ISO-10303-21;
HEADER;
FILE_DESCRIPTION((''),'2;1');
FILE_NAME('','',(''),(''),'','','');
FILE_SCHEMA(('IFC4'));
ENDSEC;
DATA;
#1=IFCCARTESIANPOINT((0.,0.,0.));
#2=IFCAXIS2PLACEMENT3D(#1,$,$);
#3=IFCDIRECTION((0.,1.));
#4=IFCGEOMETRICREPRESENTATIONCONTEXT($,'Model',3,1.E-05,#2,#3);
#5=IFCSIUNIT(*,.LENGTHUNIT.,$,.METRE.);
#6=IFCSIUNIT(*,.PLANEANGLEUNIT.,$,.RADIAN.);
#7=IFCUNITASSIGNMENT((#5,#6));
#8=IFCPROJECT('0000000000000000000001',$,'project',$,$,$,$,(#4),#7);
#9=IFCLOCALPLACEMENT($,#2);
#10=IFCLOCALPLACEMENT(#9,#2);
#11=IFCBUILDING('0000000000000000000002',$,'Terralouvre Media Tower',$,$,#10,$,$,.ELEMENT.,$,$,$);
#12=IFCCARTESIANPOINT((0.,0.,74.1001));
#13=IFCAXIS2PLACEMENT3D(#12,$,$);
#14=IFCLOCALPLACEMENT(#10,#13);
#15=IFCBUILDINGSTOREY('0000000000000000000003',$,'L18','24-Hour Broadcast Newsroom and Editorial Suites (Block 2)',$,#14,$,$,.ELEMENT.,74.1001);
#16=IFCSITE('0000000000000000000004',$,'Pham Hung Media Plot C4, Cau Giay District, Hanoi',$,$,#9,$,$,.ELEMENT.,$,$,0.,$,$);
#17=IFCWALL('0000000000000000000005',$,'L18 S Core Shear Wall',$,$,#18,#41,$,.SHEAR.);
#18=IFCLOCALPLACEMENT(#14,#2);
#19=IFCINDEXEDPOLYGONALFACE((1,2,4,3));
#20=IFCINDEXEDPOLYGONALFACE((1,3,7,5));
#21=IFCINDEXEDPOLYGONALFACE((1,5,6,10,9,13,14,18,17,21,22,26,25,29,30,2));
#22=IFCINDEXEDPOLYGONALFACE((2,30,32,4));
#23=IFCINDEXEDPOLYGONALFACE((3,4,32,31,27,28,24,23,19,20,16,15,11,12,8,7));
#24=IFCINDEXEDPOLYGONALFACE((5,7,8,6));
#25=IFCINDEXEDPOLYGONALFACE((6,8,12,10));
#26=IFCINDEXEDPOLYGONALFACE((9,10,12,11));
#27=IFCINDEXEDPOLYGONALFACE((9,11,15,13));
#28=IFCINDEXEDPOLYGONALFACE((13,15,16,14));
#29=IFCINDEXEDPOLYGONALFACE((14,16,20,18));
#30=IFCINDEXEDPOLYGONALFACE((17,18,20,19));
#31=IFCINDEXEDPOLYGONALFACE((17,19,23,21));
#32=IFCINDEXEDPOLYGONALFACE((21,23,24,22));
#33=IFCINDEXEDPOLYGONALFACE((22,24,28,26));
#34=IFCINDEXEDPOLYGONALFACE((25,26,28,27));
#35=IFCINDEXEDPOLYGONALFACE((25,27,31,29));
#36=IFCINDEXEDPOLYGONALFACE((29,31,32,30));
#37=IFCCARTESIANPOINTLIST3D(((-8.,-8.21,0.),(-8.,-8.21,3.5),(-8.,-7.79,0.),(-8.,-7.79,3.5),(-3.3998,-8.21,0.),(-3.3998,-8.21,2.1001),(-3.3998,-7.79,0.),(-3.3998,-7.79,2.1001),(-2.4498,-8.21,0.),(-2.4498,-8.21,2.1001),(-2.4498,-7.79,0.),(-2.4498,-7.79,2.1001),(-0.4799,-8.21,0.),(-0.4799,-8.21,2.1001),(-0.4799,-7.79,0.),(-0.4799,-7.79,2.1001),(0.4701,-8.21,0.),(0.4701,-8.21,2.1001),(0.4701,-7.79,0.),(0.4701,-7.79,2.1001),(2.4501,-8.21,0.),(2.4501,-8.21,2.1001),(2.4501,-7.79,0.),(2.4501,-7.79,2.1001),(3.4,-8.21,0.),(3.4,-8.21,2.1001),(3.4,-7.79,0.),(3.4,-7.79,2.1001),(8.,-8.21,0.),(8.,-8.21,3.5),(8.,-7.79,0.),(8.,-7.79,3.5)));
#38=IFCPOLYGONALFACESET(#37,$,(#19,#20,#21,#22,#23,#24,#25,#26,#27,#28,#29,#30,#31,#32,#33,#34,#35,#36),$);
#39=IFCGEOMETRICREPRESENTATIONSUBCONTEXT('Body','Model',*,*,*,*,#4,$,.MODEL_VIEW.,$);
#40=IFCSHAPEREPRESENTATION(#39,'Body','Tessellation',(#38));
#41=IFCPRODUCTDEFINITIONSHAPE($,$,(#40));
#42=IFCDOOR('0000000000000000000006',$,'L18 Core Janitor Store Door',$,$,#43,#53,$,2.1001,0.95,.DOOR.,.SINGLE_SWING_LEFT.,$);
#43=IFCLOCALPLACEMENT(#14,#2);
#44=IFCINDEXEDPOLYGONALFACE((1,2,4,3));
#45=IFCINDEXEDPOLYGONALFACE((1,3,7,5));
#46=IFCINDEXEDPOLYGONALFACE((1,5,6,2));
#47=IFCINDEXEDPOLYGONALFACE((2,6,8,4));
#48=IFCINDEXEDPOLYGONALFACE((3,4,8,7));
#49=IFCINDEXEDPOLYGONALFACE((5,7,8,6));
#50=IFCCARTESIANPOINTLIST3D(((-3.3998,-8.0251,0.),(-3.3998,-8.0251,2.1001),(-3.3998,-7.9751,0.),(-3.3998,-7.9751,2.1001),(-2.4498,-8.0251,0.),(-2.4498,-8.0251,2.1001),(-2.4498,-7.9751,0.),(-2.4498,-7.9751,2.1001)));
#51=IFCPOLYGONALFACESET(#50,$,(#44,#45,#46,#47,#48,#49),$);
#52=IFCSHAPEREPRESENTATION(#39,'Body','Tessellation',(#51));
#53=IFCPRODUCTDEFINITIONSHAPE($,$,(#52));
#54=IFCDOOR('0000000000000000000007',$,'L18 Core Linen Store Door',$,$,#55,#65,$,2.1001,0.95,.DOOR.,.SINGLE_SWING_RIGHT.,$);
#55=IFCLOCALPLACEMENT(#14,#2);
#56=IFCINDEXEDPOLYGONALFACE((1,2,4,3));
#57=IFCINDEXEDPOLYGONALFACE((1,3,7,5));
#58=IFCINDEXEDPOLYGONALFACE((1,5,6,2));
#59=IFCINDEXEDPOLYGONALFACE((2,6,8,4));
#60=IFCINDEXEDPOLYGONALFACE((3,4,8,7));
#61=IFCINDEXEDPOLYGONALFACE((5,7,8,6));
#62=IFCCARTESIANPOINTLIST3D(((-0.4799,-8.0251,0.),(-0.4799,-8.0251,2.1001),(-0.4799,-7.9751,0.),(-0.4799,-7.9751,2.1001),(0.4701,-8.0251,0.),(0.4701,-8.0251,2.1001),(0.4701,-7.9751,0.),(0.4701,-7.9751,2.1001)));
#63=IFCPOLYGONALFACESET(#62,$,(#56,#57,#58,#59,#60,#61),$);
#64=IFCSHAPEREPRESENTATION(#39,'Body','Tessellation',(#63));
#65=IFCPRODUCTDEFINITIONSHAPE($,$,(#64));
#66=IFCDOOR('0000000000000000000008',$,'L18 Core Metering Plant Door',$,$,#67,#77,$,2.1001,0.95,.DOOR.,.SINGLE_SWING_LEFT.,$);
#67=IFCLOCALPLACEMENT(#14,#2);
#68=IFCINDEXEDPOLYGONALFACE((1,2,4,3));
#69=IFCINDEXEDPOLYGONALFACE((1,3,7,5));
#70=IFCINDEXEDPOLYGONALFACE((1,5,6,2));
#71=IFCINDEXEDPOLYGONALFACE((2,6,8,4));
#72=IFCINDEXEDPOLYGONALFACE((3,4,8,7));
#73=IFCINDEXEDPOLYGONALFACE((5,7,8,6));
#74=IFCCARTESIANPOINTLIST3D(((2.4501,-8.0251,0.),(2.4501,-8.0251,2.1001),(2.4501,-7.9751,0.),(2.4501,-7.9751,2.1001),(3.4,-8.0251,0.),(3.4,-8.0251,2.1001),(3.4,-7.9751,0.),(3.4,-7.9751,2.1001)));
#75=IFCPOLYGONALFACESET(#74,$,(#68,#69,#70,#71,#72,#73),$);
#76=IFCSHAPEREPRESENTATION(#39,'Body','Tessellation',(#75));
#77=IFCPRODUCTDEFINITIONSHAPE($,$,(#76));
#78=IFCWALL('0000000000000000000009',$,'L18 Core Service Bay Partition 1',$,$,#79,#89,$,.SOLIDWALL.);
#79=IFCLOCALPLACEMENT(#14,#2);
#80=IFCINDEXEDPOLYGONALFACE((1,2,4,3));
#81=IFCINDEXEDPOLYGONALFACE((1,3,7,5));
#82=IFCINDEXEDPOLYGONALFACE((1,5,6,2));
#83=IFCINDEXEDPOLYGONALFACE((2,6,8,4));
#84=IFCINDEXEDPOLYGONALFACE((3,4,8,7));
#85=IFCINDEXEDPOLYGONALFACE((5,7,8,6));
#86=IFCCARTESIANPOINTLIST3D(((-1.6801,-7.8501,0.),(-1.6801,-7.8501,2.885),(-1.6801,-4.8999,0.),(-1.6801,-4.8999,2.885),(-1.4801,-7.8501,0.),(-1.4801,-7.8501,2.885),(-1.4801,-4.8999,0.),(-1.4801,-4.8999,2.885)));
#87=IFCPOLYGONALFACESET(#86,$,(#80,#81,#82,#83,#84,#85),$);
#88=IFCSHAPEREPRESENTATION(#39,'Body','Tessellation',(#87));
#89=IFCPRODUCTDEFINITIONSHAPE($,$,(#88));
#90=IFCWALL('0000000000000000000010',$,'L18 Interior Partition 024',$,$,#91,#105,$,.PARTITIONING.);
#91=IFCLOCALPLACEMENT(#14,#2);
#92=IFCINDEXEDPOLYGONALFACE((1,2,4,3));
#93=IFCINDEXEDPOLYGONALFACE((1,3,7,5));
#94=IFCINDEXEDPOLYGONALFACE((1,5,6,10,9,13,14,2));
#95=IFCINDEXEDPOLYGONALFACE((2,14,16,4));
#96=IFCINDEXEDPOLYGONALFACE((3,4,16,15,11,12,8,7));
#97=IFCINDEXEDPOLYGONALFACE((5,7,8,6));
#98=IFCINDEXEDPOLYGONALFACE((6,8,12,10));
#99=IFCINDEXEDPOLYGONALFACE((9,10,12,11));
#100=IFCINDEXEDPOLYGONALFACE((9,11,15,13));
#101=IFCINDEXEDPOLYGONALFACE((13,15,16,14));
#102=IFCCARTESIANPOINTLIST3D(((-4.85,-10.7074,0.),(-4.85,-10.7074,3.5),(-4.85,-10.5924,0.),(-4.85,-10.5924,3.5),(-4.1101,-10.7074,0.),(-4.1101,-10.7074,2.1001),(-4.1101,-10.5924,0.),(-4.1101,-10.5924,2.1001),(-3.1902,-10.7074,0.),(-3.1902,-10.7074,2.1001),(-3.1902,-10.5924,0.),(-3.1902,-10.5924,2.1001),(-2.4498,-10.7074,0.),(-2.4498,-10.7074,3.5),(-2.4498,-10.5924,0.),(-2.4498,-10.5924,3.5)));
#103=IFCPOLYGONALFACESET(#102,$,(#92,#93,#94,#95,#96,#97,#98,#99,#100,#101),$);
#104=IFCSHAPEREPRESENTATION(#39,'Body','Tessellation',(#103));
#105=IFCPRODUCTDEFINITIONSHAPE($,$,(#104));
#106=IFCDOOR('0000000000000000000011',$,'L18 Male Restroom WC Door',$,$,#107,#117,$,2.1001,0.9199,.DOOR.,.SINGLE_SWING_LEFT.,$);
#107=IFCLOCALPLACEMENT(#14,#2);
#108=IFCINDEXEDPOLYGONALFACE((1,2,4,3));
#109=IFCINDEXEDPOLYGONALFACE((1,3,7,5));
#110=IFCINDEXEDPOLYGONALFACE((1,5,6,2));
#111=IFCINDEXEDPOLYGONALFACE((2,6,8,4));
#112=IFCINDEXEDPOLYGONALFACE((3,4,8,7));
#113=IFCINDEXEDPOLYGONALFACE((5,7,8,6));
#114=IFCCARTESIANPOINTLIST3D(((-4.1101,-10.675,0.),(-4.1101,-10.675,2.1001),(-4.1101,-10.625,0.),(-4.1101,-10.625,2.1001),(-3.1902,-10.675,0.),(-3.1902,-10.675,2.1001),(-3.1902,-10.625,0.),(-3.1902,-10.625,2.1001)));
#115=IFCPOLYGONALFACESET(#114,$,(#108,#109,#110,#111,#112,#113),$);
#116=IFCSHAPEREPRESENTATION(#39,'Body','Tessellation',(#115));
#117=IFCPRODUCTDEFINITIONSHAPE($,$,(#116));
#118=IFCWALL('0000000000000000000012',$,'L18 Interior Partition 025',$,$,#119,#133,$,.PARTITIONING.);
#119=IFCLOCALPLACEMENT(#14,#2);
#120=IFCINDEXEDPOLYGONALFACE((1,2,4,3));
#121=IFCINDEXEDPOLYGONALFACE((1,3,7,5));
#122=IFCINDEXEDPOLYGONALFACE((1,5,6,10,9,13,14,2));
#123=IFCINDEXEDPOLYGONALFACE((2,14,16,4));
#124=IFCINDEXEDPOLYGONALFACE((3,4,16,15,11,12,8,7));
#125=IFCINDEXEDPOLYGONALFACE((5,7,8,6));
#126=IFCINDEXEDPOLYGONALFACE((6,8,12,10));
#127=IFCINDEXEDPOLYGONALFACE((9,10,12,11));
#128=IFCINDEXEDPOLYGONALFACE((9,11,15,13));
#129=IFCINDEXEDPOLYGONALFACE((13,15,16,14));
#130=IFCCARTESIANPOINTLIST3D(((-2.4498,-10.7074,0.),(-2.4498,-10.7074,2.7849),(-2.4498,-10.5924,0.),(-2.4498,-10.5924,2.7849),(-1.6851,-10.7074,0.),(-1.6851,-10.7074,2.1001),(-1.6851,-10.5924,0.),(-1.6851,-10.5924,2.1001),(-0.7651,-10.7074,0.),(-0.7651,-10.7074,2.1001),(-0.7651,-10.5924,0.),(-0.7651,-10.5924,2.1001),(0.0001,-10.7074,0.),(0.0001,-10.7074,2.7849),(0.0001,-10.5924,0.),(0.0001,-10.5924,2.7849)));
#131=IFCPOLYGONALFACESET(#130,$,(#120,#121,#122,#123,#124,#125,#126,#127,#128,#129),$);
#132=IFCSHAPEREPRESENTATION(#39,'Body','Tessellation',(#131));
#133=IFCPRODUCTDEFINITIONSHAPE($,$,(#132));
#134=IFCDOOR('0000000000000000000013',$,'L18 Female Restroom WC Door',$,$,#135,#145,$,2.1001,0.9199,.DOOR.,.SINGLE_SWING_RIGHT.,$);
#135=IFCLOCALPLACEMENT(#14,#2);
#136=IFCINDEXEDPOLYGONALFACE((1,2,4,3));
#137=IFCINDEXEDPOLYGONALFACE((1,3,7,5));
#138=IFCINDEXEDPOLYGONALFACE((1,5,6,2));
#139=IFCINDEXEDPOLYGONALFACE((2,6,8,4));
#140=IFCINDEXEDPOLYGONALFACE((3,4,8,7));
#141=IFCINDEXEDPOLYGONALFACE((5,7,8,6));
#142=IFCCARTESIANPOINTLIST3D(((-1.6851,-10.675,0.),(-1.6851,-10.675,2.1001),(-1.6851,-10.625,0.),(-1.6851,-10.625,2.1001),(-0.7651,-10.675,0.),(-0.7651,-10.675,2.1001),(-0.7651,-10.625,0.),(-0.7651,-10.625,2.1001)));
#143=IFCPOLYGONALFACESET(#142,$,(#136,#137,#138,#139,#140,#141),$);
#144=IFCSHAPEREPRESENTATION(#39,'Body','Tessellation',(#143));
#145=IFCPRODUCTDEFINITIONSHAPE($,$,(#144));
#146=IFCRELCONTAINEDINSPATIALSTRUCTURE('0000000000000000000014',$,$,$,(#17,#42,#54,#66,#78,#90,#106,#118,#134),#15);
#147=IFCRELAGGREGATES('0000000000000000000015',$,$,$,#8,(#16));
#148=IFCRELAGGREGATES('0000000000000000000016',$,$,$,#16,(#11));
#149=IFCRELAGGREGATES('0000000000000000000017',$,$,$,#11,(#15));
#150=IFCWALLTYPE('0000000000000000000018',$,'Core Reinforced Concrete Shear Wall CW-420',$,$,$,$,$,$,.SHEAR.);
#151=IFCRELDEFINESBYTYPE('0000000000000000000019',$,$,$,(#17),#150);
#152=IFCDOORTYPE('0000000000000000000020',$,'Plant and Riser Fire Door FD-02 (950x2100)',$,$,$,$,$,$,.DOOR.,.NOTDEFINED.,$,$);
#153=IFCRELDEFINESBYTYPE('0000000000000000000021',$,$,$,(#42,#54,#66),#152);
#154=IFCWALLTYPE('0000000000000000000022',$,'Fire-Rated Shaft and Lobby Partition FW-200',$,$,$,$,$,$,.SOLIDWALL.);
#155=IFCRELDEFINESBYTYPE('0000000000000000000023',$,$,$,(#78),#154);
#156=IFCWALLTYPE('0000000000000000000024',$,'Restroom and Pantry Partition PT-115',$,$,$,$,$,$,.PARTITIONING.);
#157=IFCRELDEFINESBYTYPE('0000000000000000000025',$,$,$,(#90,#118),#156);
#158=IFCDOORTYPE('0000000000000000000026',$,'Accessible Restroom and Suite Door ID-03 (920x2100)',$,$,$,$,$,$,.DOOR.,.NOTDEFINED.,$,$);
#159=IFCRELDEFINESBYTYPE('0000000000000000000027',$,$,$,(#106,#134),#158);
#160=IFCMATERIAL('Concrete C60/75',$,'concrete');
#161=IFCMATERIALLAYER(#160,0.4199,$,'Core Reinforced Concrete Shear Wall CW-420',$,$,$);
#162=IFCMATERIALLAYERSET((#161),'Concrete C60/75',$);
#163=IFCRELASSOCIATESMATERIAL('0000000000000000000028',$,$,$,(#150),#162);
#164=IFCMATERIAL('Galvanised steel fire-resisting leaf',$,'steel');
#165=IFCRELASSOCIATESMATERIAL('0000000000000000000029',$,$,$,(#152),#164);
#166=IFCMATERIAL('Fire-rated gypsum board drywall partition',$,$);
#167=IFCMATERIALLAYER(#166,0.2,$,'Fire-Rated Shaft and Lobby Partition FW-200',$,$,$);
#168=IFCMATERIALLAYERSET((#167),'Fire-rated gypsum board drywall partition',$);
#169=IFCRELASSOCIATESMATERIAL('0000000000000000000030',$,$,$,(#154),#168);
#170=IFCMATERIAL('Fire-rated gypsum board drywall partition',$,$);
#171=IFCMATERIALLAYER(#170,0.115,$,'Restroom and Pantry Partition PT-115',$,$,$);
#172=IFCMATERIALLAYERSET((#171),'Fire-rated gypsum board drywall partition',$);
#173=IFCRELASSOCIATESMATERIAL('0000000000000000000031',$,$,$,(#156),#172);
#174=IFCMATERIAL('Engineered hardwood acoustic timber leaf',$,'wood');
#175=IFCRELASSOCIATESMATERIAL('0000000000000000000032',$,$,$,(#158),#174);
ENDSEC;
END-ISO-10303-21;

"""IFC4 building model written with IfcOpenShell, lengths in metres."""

from ifc_helpers import new_model, si_unit, direction, frame, frame_2d, origin, place, context, subcontext, project, spatial, rectangle, extrude, material, layer, layer_set, type_object, element, fill, save


model = new_model("IFC4")

# Units and contexts
model_context = context("Model", 3, precision=1e-05, world=origin(), true_north=direction((0.0, 1.0)))
body_context = subcontext(model_context, "Body", "Model", "MODEL_VIEW")
ifc_project = project(units=[si_unit("LENGTHUNIT", "METRE"), si_unit("PLANEANGLEUNIT", "RADIAN")], contexts=[model_context])

# Site, building, storey
site_placement = place(None, origin())
site = spatial("IfcSite", under=ifc_project, at=site_placement, Name="Pham Hung Media Plot C4, Cau Giay District, Hanoi", CompositionType="ELEMENT", RefElevation=0.0)
building_placement = place(site_placement, origin())
building = spatial("IfcBuilding", under=site, at=building_placement, Name="Terralouvre Media Tower", CompositionType="ELEMENT")
storey_placement = place(building_placement, frame((0.0, 0.0, 74.1001)))
storey = spatial("IfcBuildingStorey", under=building, at=storey_placement, Name="L18", Description="24-Hour Broadcast Newsroom and Editorial Suites (Block 2)", CompositionType="ELEMENT", Elevation=74.1001)

# Wall, openings, doors
ifc_material_1 = material(Name="Concrete C60/75", Category="concrete")
ifc_layer_1 = layer(ifc_material_1, 0.4199, Name="Core Reinforced Concrete Shear Wall CW-420")
ifc_layer_set_1 = layer_set([ifc_layer_1], Name="Concrete C60/75")
wall_type_1 = type_object("IfcWallType", Name="Core Reinforced Concrete Shear Wall CW-420", PredefinedType="SHEAR", material=ifc_layer_set_1)
wall_1_placement = place(storey_placement, frame((-8.0, -8.0, 0.0), z_axis=(0.0, 0.0, 1.0), x_axis=(1.0, 0.0, 0.0)))
wall_1 = element("IfcWall", 1, at=wall_1_placement, inside=storey, type_object=wall_type_1, Name="L18 S Core Shear Wall", PredefinedType="SHEAR", context=body_context, shape_type="SweptSolid", body=[
    extrude(rectangle(XDim=16.0, YDim=0.4199, at=frame_2d((8.0, 0.0))), origin(), (0.0, 0.0, 1.0), 3.5),
])
opening_1_placement = place(wall_1_placement, frame((4.6001, 0.0, 0.0)))
opening_1 = element("IfcOpeningElement", 2, at=opening_1_placement, cuts=wall_1, PredefinedType="OPENING", context=body_context, shape_type="SweptSolid", body=[
    extrude(rectangle(XDim=0.95, YDim=2.1001, at=frame_2d((0.4751, 1.05))), frame((0.0, 0.22, 0.0), z_axis=(0.0, -1.0, 0.0), x_axis=(1.0, 0.0, 0.0)), (0.0, 0.0, 1.0), 0.4399),
])
opening_2_placement = place(wall_1_placement, frame((7.52, 0.0, 0.0)))
opening_2 = element("IfcOpeningElement", 3, at=opening_2_placement, cuts=wall_1, PredefinedType="OPENING", context=body_context, shape_type="SweptSolid", body=[
    extrude(rectangle(XDim=0.95, YDim=2.1001, at=frame_2d((0.4751, 1.05))), frame((0.0, 0.22, 0.0), z_axis=(0.0, -1.0, 0.0), x_axis=(1.0, 0.0, 0.0)), (0.0, 0.0, 1.0), 0.4399),
])
opening_3_placement = place(wall_1_placement, frame((10.45, 0.0, 0.0)))
opening_3 = element("IfcOpeningElement", 4, at=opening_3_placement, cuts=wall_1, PredefinedType="OPENING", context=body_context, shape_type="SweptSolid", body=[
    extrude(rectangle(XDim=0.95, YDim=2.1001, at=frame_2d((0.4751, 1.05))), frame((0.0, 0.22, 0.0), z_axis=(0.0, -1.0, 0.0), x_axis=(1.0, 0.0, 0.0)), (0.0, 0.0, 1.0), 0.4399),
])
ifc_material_2 = material(Name="Galvanised steel fire-resisting leaf", Category="steel")
door_type_1 = type_object("IfcDoorType", Name="Plant and Riser Fire Door FD-02 (950x2100)", OperationType="NOTDEFINED", PredefinedType="DOOR", material=ifc_material_2)
door_1_placement = place(opening_1_placement, origin())
door_1 = element("IfcDoor", 5, at=door_1_placement, inside=storey, type_object=door_type_1, Name="L18 Core Janitor Store Door", OperationType="SINGLE_SWING_LEFT", OverallHeight=2.1001, OverallWidth=0.95, PredefinedType="DOOR", context=body_context, shape_type="SweptSolid", body=[
    extrude(rectangle(XDim=0.95, YDim=2.1001, at=frame_2d((0.4751, 1.05))), frame((0.0, 0.0249, 0.0), z_axis=(0.0, -1.0, 0.0), x_axis=(1.0, 0.0, 0.0)), (0.0, 0.0, 1.0), 0.05),
])
fill(opening_1, door_1)
door_2_placement = place(opening_2_placement, origin())
door_2 = element("IfcDoor", 6, at=door_2_placement, inside=storey, type_object=door_type_1, Name="L18 Core Linen Store Door", OperationType="SINGLE_SWING_RIGHT", OverallHeight=2.1001, OverallWidth=0.95, PredefinedType="DOOR", context=body_context, shape_type="SweptSolid", body=[
    extrude(rectangle(XDim=0.95, YDim=2.1001, at=frame_2d((0.4751, 1.05))), frame((0.0, 0.0249, 0.0), z_axis=(0.0, -1.0, 0.0), x_axis=(1.0, 0.0, 0.0)), (0.0, 0.0, 1.0), 0.05),
])
fill(opening_2, door_2)
door_3_placement = place(opening_3_placement, origin())
door_3 = element("IfcDoor", 7, at=door_3_placement, inside=storey, type_object=door_type_1, Name="L18 Core Metering Plant Door", OperationType="SINGLE_SWING_LEFT", OverallHeight=2.1001, OverallWidth=0.95, PredefinedType="DOOR", context=body_context, shape_type="SweptSolid", body=[
    extrude(rectangle(XDim=0.95, YDim=2.1001, at=frame_2d((0.4751, 1.05))), frame((0.0, 0.0249, 0.0), z_axis=(0.0, -1.0, 0.0), x_axis=(1.0, 0.0, 0.0)), (0.0, 0.0, 1.0), 0.05),
])
fill(opening_3, door_3)

# Wall
ifc_material_3 = material(Name="Fire-rated gypsum board drywall partition")
ifc_layer_2 = layer(ifc_material_3, 0.2, Name="Fire-Rated Shaft and Lobby Partition FW-200")
ifc_layer_set_2 = layer_set([ifc_layer_2], Name="Fire-rated gypsum board drywall partition")
wall_type_2 = type_object("IfcWallType", Name="Fire-Rated Shaft and Lobby Partition FW-200", PredefinedType="SOLIDWALL", material=ifc_layer_set_2)
wall_2_placement = place(storey_placement, frame((-1.5801, -7.8501, 0.0), z_axis=(0.0, 0.0, 1.0), x_axis=(0.0, 1.0, 0.0)))
element("IfcWall", 8, at=wall_2_placement, inside=storey, type_object=wall_type_2, Name="L18 Core Service Bay Partition 1", PredefinedType="SOLIDWALL", context=body_context, shape_type="SweptSolid", body=[
    extrude(rectangle(XDim=2.9502, YDim=0.2, at=frame_2d((1.4751, 0.0))), origin(), (0.0, 0.0, 1.0), 2.885),
])

# Walls, openings, doors
ifc_material_4 = material(Name="Fire-rated gypsum board drywall partition")
ifc_layer_3 = layer(ifc_material_4, 0.115, Name="Restroom and Pantry Partition PT-115")
ifc_layer_set_3 = layer_set([ifc_layer_3], Name="Fire-rated gypsum board drywall partition")
wall_type_3 = type_object("IfcWallType", Name="Restroom and Pantry Partition PT-115", PredefinedType="PARTITIONING", material=ifc_layer_set_3)
wall_3_placement = place(storey_placement, frame((-4.8501, -10.6499, 0.0), z_axis=(0.0, 0.0, 1.0), x_axis=(1.0, 0.0, 0.0)))
wall_3 = element("IfcWall", 9, at=wall_3_placement, inside=storey, type_object=wall_type_3, Name="L18 Interior Partition 024", PredefinedType="PARTITIONING", context=body_context, shape_type="SweptSolid", body=[
    extrude(rectangle(XDim=2.4001, YDim=0.115, at=frame_2d((1.2002, 0.0))), origin(), (0.0, 0.0, 1.0), 3.5),
])
opening_4_placement = place(wall_3_placement, frame((0.74, 0.0, 0.0)))
opening_4 = element("IfcOpeningElement", 10, at=opening_4_placement, cuts=wall_3, PredefinedType="OPENING", context=body_context, shape_type="SweptSolid", body=[
    extrude(rectangle(XDim=0.9199, YDim=2.1001, at=frame_2d((0.46, 1.05))), frame((0.0, 0.0674, 0.0), z_axis=(0.0, -1.0, 0.0), x_axis=(1.0, 0.0, 0.0)), (0.0, 0.0, 1.0), 0.135),
])
ifc_material_5 = material(Name="Engineered hardwood acoustic timber leaf", Category="wood")
door_type_2 = type_object("IfcDoorType", Name="Accessible Restroom and Suite Door ID-03 (920x2100)", OperationType="NOTDEFINED", PredefinedType="DOOR", material=ifc_material_5)
door_4_placement = place(opening_4_placement, origin())
door_4 = element("IfcDoor", 11, at=door_4_placement, inside=storey, type_object=door_type_2, Name="L18 Male Restroom WC Door", OperationType="SINGLE_SWING_LEFT", OverallHeight=2.1001, OverallWidth=0.9199, PredefinedType="DOOR", context=body_context, shape_type="SweptSolid", body=[
    extrude(rectangle(XDim=0.9199, YDim=2.1001, at=frame_2d((0.46, 1.05))), frame((0.0, 0.0249, 0.0), z_axis=(0.0, -1.0, 0.0), x_axis=(1.0, 0.0, 0.0)), (0.0, 0.0, 1.0), 0.05),
])
fill(opening_4, door_4)
wall_4_placement = place(storey_placement, frame((-2.45, -10.6499, 0.0), z_axis=(0.0, 0.0, 1.0), x_axis=(1.0, 0.0, 0.0)))
wall_4 = element("IfcWall", 12, at=wall_4_placement, inside=storey, type_object=wall_type_3, Name="L18 Interior Partition 025", PredefinedType="PARTITIONING", context=body_context, shape_type="SweptSolid", body=[
    extrude(rectangle(XDim=2.45, YDim=0.115, at=frame_2d((1.2251, 0.0))), origin(), (0.0, 0.0, 1.0), 2.7849),
])
opening_5_placement = place(wall_4_placement, frame((0.7649, 0.0, 0.0)))
opening_5 = element("IfcOpeningElement", 13, at=opening_5_placement, cuts=wall_4, PredefinedType="OPENING", context=body_context, shape_type="SweptSolid", body=[
    extrude(rectangle(XDim=0.9199, YDim=2.1001, at=frame_2d((0.46, 1.05))), frame((0.0, 0.0674, 0.0), z_axis=(0.0, -1.0, 0.0), x_axis=(1.0, 0.0, 0.0)), (0.0, 0.0, 1.0), 0.135),
])
door_5_placement = place(opening_5_placement, origin())
door_5 = element("IfcDoor", 14, at=door_5_placement, inside=storey, type_object=door_type_2, Name="L18 Female Restroom WC Door", OperationType="SINGLE_SWING_RIGHT", OverallHeight=2.1001, OverallWidth=0.9199, PredefinedType="DOOR", context=body_context, shape_type="SweptSolid", body=[
    extrude(rectangle(XDim=0.9199, YDim=2.1001, at=frame_2d((0.46, 1.05))), frame((0.0, 0.0249, 0.0), z_axis=(0.0, -1.0, 0.0), x_axis=(1.0, 0.0, 0.0)), (0.0, 0.0, 1.0), 0.05),
])
fill(opening_5, door_5)

save(model, "model.ifc")
